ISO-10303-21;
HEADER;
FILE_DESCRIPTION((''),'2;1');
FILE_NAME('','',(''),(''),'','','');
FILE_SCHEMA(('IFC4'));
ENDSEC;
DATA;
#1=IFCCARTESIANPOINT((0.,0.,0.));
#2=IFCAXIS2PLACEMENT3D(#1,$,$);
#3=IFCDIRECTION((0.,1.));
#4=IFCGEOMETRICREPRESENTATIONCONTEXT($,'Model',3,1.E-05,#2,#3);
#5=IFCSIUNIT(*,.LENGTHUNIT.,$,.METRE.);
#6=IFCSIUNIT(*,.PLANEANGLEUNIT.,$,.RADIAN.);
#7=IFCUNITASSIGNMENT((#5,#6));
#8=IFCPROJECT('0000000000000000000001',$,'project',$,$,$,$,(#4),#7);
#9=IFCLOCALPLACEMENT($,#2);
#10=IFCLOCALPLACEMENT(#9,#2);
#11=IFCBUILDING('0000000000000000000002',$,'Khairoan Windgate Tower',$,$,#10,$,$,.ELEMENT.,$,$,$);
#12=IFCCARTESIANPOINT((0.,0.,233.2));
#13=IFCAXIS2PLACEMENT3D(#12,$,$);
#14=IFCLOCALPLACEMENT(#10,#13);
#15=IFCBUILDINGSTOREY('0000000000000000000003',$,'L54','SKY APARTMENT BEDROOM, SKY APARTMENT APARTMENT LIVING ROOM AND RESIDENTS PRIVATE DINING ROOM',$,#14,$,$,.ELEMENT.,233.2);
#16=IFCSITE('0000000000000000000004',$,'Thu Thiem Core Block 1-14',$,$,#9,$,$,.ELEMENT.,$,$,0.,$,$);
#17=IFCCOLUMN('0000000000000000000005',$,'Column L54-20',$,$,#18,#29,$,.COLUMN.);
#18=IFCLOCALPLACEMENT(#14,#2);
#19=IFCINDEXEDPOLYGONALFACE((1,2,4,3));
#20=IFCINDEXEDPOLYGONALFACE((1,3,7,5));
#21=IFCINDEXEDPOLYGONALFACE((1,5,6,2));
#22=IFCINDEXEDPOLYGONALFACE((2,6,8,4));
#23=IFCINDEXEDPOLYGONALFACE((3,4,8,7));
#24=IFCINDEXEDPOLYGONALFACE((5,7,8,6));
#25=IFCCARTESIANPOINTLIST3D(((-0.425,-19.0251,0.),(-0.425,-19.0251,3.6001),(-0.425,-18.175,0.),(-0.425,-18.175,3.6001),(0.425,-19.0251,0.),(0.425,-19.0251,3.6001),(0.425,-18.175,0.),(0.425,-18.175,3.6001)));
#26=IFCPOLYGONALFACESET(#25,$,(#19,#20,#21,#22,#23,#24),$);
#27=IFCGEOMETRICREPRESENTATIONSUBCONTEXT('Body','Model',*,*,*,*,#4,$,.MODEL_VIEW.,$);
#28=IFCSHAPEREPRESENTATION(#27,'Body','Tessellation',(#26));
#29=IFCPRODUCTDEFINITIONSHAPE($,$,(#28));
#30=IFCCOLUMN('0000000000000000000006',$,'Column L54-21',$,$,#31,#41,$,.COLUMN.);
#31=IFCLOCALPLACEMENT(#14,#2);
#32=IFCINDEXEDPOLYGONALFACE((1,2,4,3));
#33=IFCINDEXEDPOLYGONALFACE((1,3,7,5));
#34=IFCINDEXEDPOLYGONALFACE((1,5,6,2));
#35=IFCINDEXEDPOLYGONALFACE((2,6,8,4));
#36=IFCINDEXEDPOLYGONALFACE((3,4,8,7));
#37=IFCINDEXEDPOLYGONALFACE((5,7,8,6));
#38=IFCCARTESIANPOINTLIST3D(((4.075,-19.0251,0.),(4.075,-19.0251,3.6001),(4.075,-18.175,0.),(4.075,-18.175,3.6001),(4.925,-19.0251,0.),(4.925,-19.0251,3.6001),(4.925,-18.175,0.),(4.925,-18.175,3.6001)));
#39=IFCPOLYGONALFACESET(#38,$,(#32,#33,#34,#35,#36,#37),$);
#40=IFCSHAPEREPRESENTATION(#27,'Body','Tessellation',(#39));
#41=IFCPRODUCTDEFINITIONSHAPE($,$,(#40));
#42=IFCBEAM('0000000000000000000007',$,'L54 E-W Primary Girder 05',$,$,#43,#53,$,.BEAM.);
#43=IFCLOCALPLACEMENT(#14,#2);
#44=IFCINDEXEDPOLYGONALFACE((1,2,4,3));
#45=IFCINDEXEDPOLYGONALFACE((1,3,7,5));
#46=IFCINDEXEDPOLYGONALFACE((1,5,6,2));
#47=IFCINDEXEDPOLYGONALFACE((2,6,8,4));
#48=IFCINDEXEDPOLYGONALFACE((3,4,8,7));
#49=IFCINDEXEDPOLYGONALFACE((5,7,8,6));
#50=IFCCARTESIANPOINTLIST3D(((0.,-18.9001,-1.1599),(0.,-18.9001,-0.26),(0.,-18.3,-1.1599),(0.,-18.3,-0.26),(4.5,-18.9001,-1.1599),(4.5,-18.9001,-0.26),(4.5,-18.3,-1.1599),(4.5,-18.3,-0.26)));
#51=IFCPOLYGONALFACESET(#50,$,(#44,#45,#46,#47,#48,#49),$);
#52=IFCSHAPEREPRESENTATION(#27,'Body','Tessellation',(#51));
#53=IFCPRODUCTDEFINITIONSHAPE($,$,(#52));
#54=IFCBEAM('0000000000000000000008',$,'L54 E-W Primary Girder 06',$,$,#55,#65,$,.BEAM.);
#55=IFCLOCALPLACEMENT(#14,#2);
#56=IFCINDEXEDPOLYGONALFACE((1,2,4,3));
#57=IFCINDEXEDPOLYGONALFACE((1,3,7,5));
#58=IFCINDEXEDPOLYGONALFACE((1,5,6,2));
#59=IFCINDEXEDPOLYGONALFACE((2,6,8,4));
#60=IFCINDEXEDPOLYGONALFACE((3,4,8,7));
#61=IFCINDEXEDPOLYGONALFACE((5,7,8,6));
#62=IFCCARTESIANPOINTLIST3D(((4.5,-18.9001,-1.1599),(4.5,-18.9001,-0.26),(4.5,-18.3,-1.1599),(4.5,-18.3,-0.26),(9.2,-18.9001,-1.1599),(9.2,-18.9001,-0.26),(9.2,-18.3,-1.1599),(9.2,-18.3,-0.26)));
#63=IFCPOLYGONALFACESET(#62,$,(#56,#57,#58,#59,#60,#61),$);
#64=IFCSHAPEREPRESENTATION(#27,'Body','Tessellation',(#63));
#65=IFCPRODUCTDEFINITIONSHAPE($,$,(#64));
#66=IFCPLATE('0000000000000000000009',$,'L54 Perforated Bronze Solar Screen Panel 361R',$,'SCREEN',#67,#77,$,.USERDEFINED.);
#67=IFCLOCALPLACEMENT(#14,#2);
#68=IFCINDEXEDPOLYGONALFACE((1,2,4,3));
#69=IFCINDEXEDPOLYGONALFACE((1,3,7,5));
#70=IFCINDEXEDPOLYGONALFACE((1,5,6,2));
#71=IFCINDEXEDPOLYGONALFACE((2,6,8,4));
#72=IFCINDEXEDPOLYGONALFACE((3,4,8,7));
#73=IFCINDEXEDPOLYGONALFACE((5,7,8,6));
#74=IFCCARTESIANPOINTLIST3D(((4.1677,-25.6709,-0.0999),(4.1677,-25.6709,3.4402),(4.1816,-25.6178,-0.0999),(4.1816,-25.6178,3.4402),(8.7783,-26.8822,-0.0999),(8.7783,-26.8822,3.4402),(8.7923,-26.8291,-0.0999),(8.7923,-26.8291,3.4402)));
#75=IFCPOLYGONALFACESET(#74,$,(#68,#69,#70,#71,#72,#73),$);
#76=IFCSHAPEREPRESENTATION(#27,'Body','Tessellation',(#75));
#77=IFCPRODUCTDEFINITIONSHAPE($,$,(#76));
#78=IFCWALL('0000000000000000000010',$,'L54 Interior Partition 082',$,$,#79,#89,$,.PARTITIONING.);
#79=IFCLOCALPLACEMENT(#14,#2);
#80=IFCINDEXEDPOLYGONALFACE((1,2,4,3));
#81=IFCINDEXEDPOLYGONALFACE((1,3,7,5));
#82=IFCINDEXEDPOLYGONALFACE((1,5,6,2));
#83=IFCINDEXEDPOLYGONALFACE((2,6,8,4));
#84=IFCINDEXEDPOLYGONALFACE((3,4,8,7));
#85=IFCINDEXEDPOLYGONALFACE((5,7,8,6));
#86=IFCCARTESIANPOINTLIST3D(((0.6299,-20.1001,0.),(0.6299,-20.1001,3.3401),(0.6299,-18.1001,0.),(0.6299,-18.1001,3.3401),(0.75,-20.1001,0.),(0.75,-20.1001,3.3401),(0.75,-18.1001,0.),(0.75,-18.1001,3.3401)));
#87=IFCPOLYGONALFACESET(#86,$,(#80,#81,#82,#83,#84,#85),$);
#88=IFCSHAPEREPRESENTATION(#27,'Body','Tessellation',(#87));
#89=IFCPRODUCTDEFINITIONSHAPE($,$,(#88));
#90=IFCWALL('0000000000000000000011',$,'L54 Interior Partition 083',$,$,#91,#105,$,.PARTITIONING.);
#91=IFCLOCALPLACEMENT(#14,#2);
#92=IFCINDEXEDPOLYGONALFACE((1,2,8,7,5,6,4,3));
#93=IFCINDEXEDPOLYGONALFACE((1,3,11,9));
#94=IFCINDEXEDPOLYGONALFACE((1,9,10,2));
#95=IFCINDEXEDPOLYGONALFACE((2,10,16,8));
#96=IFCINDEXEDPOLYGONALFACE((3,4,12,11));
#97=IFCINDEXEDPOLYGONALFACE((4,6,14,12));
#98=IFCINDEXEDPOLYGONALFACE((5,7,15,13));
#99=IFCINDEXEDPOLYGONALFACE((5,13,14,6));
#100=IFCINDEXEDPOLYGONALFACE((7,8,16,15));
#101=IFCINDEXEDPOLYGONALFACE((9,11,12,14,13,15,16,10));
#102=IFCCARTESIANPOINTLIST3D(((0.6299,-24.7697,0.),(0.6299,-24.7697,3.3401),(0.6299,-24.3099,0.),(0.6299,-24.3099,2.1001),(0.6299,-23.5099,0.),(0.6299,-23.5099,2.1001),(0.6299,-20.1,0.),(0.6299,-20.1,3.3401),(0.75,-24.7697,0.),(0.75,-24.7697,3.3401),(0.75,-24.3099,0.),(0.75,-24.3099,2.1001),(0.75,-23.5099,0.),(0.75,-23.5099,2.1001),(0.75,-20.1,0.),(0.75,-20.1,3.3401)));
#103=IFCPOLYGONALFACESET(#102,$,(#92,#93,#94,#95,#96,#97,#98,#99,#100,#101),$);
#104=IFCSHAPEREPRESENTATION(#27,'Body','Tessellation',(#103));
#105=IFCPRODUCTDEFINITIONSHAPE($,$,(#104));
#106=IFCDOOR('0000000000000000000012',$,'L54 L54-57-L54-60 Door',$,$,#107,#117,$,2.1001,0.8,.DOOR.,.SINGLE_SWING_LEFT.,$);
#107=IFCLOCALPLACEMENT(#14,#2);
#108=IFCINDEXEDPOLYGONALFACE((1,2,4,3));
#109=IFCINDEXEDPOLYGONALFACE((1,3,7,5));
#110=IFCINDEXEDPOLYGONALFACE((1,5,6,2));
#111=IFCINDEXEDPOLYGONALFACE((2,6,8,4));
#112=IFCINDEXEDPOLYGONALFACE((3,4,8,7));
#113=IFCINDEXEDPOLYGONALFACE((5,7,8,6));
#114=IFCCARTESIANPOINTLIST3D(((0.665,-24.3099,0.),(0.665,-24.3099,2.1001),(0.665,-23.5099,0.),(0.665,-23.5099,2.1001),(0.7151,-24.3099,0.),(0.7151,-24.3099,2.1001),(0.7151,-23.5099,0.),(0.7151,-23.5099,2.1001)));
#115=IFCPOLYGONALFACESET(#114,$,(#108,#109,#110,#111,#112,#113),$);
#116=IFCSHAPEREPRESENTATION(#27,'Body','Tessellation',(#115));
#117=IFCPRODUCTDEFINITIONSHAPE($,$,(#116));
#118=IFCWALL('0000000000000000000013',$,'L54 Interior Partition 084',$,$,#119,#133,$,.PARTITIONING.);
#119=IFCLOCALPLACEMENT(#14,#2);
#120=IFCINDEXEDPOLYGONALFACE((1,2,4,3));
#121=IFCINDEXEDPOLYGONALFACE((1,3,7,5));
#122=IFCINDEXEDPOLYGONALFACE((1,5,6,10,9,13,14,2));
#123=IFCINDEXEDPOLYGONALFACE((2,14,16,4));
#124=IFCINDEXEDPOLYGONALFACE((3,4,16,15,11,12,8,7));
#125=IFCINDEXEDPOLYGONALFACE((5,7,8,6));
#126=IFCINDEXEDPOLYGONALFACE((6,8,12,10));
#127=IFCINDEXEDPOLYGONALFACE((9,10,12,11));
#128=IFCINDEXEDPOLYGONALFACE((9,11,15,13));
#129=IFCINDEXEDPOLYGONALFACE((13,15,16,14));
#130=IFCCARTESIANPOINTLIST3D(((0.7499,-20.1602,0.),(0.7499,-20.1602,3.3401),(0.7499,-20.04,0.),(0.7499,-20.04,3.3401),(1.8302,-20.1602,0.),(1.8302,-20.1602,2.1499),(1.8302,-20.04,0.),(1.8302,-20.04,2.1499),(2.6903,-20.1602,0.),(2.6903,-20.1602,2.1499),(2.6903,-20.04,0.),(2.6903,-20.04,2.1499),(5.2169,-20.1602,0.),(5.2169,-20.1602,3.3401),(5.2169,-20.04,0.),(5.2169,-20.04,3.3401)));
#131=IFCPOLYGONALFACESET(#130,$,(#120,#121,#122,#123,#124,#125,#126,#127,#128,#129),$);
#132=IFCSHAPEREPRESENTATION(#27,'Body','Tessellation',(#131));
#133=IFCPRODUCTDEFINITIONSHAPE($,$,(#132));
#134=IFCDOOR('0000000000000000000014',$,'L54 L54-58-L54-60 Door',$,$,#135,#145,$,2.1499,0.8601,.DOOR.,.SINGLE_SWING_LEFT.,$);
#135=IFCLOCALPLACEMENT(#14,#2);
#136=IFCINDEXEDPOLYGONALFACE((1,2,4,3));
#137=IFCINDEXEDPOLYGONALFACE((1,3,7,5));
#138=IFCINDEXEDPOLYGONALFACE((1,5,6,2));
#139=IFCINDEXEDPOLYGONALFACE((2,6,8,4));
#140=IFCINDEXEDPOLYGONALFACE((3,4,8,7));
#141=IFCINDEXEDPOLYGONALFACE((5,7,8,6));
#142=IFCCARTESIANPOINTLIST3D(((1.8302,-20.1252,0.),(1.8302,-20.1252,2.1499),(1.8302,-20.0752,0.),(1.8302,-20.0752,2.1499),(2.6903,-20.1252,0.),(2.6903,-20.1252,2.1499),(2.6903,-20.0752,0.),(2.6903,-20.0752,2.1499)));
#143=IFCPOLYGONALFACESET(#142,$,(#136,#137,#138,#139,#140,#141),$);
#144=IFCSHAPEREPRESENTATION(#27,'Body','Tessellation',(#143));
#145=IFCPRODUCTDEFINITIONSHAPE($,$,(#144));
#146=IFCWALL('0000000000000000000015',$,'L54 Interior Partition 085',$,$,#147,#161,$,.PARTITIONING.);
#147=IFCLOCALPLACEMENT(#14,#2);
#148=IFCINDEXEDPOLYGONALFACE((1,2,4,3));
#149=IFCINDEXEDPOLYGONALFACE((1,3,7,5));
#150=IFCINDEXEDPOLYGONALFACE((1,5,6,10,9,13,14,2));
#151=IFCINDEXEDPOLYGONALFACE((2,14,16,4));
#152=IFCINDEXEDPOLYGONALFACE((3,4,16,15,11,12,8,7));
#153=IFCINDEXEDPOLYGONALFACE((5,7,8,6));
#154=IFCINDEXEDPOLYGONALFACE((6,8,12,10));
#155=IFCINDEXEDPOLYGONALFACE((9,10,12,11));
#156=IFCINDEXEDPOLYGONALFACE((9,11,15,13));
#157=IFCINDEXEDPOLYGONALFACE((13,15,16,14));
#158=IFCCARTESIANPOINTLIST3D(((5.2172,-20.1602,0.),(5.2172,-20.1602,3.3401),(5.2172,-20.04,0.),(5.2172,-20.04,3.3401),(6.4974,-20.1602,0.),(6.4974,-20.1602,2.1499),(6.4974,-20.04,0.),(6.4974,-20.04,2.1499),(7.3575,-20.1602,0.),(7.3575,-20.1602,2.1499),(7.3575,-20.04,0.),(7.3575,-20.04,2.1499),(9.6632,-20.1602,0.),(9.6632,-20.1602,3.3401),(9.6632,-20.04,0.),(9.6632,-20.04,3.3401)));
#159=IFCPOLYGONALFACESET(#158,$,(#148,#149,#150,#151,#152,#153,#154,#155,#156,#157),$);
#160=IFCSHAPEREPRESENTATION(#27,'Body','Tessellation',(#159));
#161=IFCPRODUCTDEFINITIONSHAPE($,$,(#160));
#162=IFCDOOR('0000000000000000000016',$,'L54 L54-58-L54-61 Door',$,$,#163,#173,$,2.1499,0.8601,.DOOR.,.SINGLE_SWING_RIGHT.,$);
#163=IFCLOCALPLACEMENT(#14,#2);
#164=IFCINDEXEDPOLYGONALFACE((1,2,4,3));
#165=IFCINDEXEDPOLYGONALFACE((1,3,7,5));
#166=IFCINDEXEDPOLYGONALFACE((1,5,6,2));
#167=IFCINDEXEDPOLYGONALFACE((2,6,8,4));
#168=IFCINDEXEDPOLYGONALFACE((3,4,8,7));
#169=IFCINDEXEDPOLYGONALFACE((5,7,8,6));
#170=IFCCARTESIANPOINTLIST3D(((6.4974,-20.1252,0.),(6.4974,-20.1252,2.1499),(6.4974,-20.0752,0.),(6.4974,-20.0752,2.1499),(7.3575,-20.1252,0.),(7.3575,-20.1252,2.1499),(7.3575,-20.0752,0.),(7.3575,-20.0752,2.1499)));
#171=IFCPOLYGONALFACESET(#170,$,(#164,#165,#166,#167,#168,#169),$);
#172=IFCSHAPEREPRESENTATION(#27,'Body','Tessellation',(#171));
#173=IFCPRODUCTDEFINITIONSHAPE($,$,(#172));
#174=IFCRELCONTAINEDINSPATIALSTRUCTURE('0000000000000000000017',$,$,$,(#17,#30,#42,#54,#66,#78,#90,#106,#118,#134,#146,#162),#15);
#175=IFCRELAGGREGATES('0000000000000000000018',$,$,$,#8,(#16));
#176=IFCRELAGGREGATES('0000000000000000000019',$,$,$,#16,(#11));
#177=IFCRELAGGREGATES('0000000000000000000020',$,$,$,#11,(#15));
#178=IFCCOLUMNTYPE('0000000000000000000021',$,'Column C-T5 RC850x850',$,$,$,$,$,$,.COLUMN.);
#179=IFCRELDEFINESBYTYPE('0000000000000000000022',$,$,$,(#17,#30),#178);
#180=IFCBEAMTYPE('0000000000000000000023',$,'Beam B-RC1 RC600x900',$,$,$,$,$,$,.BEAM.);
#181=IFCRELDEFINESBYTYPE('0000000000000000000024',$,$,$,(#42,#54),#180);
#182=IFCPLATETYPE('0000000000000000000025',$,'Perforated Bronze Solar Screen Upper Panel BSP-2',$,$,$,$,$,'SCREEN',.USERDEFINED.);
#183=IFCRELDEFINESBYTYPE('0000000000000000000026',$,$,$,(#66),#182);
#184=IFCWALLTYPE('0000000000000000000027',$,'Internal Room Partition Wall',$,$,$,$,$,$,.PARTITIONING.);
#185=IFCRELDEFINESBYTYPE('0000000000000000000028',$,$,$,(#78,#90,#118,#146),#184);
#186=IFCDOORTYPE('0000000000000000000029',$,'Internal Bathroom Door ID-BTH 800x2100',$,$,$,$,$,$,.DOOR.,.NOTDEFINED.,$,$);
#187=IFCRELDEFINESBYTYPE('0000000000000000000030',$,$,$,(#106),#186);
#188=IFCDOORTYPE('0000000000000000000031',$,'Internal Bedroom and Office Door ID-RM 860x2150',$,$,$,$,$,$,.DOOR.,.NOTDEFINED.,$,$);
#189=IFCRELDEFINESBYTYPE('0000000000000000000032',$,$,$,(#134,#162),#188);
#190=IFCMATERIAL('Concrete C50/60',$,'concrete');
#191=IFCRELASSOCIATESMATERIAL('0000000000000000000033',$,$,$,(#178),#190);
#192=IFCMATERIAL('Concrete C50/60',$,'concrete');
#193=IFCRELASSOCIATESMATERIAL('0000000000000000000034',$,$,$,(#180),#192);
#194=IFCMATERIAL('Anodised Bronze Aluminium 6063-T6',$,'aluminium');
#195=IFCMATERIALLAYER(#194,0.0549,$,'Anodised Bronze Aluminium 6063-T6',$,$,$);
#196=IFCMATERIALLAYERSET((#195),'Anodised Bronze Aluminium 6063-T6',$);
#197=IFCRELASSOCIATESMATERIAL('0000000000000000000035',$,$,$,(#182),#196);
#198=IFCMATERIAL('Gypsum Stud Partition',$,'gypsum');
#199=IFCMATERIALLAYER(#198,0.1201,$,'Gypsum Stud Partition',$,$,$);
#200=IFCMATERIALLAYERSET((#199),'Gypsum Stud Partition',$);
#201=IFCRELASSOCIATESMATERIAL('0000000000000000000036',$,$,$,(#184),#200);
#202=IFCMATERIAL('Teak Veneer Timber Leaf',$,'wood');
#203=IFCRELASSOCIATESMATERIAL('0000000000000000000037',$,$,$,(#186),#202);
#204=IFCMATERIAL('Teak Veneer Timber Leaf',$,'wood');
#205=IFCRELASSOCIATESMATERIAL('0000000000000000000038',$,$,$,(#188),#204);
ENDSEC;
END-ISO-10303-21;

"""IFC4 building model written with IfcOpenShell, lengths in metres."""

from ifc_helpers import new_model, si_unit, direction, frame, frame_2d, origin, origin_2d, place, context, subcontext, project, spatial, rectangle, extrude, material, layer, layer_set, material_profile, profile_set, type_object, element, fill, save


model = new_model("IFC4")

# Units and contexts
model_context = context("Model", 3, precision=1e-05, world=origin(), true_north=direction((0.0, 1.0)))
body_context = subcontext(model_context, "Body", "Model", "MODEL_VIEW")
ifc_project = project(units=[si_unit("LENGTHUNIT", "METRE"), si_unit("PLANEANGLEUNIT", "RADIAN")], contexts=[model_context])

# Site, building, storey
site_placement = place(None, origin())
site = spatial("IfcSite", under=ifc_project, at=site_placement, Name="Thu Thiem Core Block 1-14", CompositionType="ELEMENT", RefElevation=0.0)
building_placement = place(site_placement, origin())
building = spatial("IfcBuilding", under=site, at=building_placement, Name="Khairoan Windgate Tower", CompositionType="ELEMENT")
storey_placement = place(building_placement, frame((0.0, 0.0, 233.2)))
storey = spatial("IfcBuildingStorey", under=building, at=storey_placement, Name="L54", Description="SKY APARTMENT BEDROOM, SKY APARTMENT APARTMENT LIVING ROOM AND RESIDENTS PRIVATE DINING ROOM", CompositionType="ELEMENT", Elevation=233.2)

# Columns
ifc_material_1 = material(Name="Concrete C50/60", Category="concrete")
ifc_material_profile_1 = material_profile(ifc_material_1, rectangle(XDim=0.8501, YDim=0.8501, at=origin_2d()))
ifc_profile_set_1 = profile_set([ifc_material_profile_1], Name="Concrete C50/60")
column_type = type_object("IfcColumnType", Name="Column C-T5 RC850x850", PredefinedType="COLUMN", material=ifc_profile_set_1)
for number, where, z_axis, x_axis, name in (
    (1, (0.0, -18.6001, 0.0), (0.0, 0.0, 1.0), (1.0, 0.0, 0.0), "Column L54-20"),
    (2, (4.5, -18.6001, 0.0), (0.0, 0.0, 1.0), (1.0, 0.0, 0.0), "Column L54-21"),
):
    element("IfcColumn", number, at=place(storey_placement, frame(where, z_axis=z_axis, x_axis=x_axis)), inside=storey, type_object=column_type, Name=name, PredefinedType="COLUMN", context=body_context, shape_type="SweptSolid", body=[
        extrude(rectangle(XDim=0.8501, YDim=0.8501, at=origin_2d()), origin(), (0.0, 0.0, 1.0), 3.6001),
    ])

# Beams
ifc_material_2 = material(Name="Concrete C50/60", Category="concrete")
ifc_material_profile_2 = material_profile(ifc_material_2, rectangle(XDim=0.6001, YDim=0.8999, at=origin_2d()))
ifc_profile_set_2 = profile_set([ifc_material_profile_2], Name="Concrete C50/60")
beam_type = type_object("IfcBeamType", Name="Beam B-RC1 RC600x900", PredefinedType="BEAM", material=ifc_profile_set_2)
beam_1_placement = place(storey_placement, frame((0.0, -18.6001, -0.71), z_axis=(1.0, 0.0, 0.0), x_axis=(0.0, 1.0, 0.0)))
element("IfcBeam", 3, at=beam_1_placement, inside=storey, type_object=beam_type, Name="L54 E-W Primary Girder 05", PredefinedType="BEAM", context=body_context, shape_type="SweptSolid", body=[
    extrude(rectangle(XDim=0.6001, YDim=0.8999, at=origin_2d()), origin(), (0.0, 0.0, 1.0), 4.5),
])
beam_2_placement = place(storey_placement, frame((4.5, -18.6001, -0.71), z_axis=(1.0, 0.0, 0.0), x_axis=(0.0, 1.0, 0.0)))
element("IfcBeam", 4, at=beam_2_placement, inside=storey, type_object=beam_type, Name="L54 E-W Primary Girder 06", PredefinedType="BEAM", context=body_context, shape_type="SweptSolid", body=[
    extrude(rectangle(XDim=0.6001, YDim=0.8999, at=origin_2d()), origin(), (0.0, 0.0, 1.0), 4.7),
])

# Plate
ifc_material_3 = material(Name="Anodised Bronze Aluminium 6063-T6", Category="aluminium")
ifc_layer_1 = layer(ifc_material_3, 0.0549, Name="Anodised Bronze Aluminium 6063-T6")
ifc_layer_set_1 = layer_set([ifc_layer_1], Name="Anodised Bronze Aluminium 6063-T6")
plate_type = type_object("IfcPlateType", Name="Perforated Bronze Solar Screen Upper Panel BSP-2", ElementType="SCREEN", PredefinedType="USERDEFINED", material=ifc_layer_set_1)
plate_placement = place(storey_placement, frame((6.48, -26.25, -0.0999), z_axis=(0.0, 0.0, 1.0), x_axis=(-0.967179, 0.254096, 0.0)))
element("IfcPlate", 5, at=plate_placement, inside=storey, type_object=plate_type, Name="L54 Perforated Bronze Solar Screen Panel 361R", ObjectType="SCREEN", PredefinedType="USERDEFINED", context=body_context, shape_type="SweptSolid", body=[
    extrude(rectangle(XDim=4.7671, YDim=0.0549, at=origin_2d()), origin(), (0.0, 0.0, 1.0), 3.54),
])

# Wall
ifc_material_4 = material(Name="Gypsum Stud Partition", Category="gypsum")
ifc_layer_2 = layer(ifc_material_4, 0.1201, Name="Gypsum Stud Partition")
ifc_layer_set_2 = layer_set([ifc_layer_2], Name="Gypsum Stud Partition")
wall_type = type_object("IfcWallType", Name="Internal Room Partition Wall", PredefinedType="PARTITIONING", material=ifc_layer_set_2)
wall_1_placement = place(storey_placement, frame((0.6899, -20.1001, 0.0), z_axis=(0.0, 0.0, 1.0), x_axis=(0.0, 1.0, 0.0)))
element("IfcWall", 6, at=wall_1_placement, inside=storey, type_object=wall_type, Name="L54 Interior Partition 082", PredefinedType="PARTITIONING", context=body_context, shape_type="SweptSolid", body=[
    extrude(rectangle(XDim=2.0, YDim=0.1201, at=frame_2d((1.0, 0.0))), origin(), (0.0, 0.0, 1.0), 3.3401),
])

# Walls, openings, doors
wall_2_placement = place(storey_placement, frame((0.6899, -24.7698, 0.0), z_axis=(0.0, 0.0, 1.0), x_axis=(0.0, 1.0, 0.0)))
wall_2 = element("IfcWall", 7, at=wall_2_placement, inside=storey, type_object=wall_type, Name="L54 Interior Partition 083", PredefinedType="PARTITIONING", context=body_context, shape_type="SweptSolid", body=[
    extrude(rectangle(XDim=4.6697, YDim=0.1201, at=frame_2d((2.335, 0.0))), origin(), (0.0, 0.0, 1.0), 3.3401),
])
opening_1_placement = place(wall_2_placement, frame((0.46, 0.0, 0.0)))
opening_1 = element("IfcOpeningElement", 8, at=opening_1_placement, cuts=wall_2, PredefinedType="OPENING", context=body_context, shape_type="SweptSolid", body=[
    extrude(rectangle(XDim=0.8, YDim=2.1001, at=frame_2d((0.3999, 1.05))), frame((0.0, 0.0701, 0.0), z_axis=(0.0, -1.0, 0.0), x_axis=(1.0, 0.0, 0.0)), (0.0, 0.0, 1.0), 0.1401),
])
ifc_material_5 = material(Name="Teak Veneer Timber Leaf", Category="wood")
door_type_1 = type_object("IfcDoorType", Name="Internal Bathroom Door ID-BTH 800x2100", OperationType="NOTDEFINED", PredefinedType="DOOR", material=ifc_material_5)
door_1_placement = place(opening_1_placement, origin())
door_1 = element("IfcDoor", 9, at=door_1_placement, inside=storey, type_object=door_type_1, Name="L54 L54-57-L54-60 Door", OperationType="SINGLE_SWING_LEFT", OverallHeight=2.1001, OverallWidth=0.8, PredefinedType="DOOR", context=body_context, shape_type="SweptSolid", body=[
    extrude(rectangle(XDim=0.8, YDim=2.1001, at=frame_2d((0.3999, 1.05))), frame((0.0, 0.0249, 0.0), z_axis=(0.0, -1.0, 0.0), x_axis=(1.0, 0.0, 0.0)), (0.0, 0.0, 1.0), 0.05),
])
fill(opening_1, door_1)
wall_3_placement = place(storey_placement, frame((0.75, -20.1001, 0.0), z_axis=(0.0, 0.0, 1.0), x_axis=(1.0, 0.0, 0.0)))
wall_3 = element("IfcWall", 10, at=wall_3_placement, inside=storey, type_object=wall_type, Name="L54 Interior Partition 084", PredefinedType="PARTITIONING", context=body_context, shape_type="SweptSolid", body=[
    extrude(rectangle(XDim=4.467, YDim=0.1201, at=frame_2d((2.2334, 0.0))), origin(), (0.0, 0.0, 1.0), 3.3401),
])
opening_2_placement = place(wall_3_placement, frame((1.0801, 0.0, 0.0)))
opening_2 = element("IfcOpeningElement", 11, at=opening_2_placement, cuts=wall_3, PredefinedType="OPENING", context=body_context, shape_type="SweptSolid", body=[
    extrude(rectangle(XDim=0.8601, YDim=2.1499, at=frame_2d((0.4302, 1.075))), frame((0.0, 0.0701, 0.0), z_axis=(0.0, -1.0, 0.0), x_axis=(1.0, 0.0, 0.0)), (0.0, 0.0, 1.0), 0.1401),
])
ifc_material_6 = material(Name="Teak Veneer Timber Leaf", Category="wood")
door_type_2 = type_object("IfcDoorType", Name="Internal Bedroom and Office Door ID-RM 860x2150", OperationType="NOTDEFINED", PredefinedType="DOOR", material=ifc_material_6)
door_2_placement = place(opening_2_placement, origin())
door_2 = element("IfcDoor", 12, at=door_2_placement, inside=storey, type_object=door_type_2, Name="L54 L54-58-L54-60 Door", OperationType="SINGLE_SWING_LEFT", OverallHeight=2.1499, OverallWidth=0.8601, PredefinedType="DOOR", context=body_context, shape_type="SweptSolid", body=[
    extrude(rectangle(XDim=0.8601, YDim=2.1499, at=frame_2d((0.4302, 1.075))), frame((0.0, 0.0249, 0.0), z_axis=(0.0, -1.0, 0.0), x_axis=(1.0, 0.0, 0.0)), (0.0, 0.0, 1.0), 0.05),
])
fill(opening_2, door_2)
wall_4_placement = place(storey_placement, frame((5.217, -20.1001, 0.0), z_axis=(0.0, 0.0, 1.0), x_axis=(1.0, 0.0, 0.0)))
wall_4 = element("IfcWall", 13, at=wall_4_placement, inside=storey, type_object=wall_type, Name="L54 Interior Partition 085", PredefinedType="PARTITIONING", context=body_context, shape_type="SweptSolid", body=[
    extrude(rectangle(XDim=4.446, YDim=0.1201, at=frame_2d((2.2231, 0.0))), origin(), (0.0, 0.0, 1.0), 3.3401),
])
opening_3_placement = place(wall_4_placement, frame((1.2803, 0.0, 0.0)))
opening_3 = element("IfcOpeningElement", 14, at=opening_3_placement, cuts=wall_4, PredefinedType="OPENING", context=body_context, shape_type="SweptSolid", body=[
    extrude(rectangle(XDim=0.8601, YDim=2.1499, at=frame_2d((0.4302, 1.075))), frame((0.0, 0.0701, 0.0), z_axis=(0.0, -1.0, 0.0), x_axis=(1.0, 0.0, 0.0)), (0.0, 0.0, 1.0), 0.1401),
])
door_3_placement = place(opening_3_placement, origin())
door_3 = element("IfcDoor", 15, at=door_3_placement, inside=storey, type_object=door_type_2, Name="L54 L54-58-L54-61 Door", OperationType="SINGLE_SWING_RIGHT", OverallHeight=2.1499, OverallWidth=0.8601, PredefinedType="DOOR", context=body_context, shape_type="SweptSolid", body=[
    extrude(rectangle(XDim=0.8601, YDim=2.1499, at=frame_2d((0.4302, 1.075))), frame((0.0, 0.0249, 0.0), z_axis=(0.0, -1.0, 0.0), x_axis=(1.0, 0.0, 0.0)), (0.0, 0.0, 1.0), 0.05),
])
fill(opening_3, door_3)

save(model, "model.ifc")
